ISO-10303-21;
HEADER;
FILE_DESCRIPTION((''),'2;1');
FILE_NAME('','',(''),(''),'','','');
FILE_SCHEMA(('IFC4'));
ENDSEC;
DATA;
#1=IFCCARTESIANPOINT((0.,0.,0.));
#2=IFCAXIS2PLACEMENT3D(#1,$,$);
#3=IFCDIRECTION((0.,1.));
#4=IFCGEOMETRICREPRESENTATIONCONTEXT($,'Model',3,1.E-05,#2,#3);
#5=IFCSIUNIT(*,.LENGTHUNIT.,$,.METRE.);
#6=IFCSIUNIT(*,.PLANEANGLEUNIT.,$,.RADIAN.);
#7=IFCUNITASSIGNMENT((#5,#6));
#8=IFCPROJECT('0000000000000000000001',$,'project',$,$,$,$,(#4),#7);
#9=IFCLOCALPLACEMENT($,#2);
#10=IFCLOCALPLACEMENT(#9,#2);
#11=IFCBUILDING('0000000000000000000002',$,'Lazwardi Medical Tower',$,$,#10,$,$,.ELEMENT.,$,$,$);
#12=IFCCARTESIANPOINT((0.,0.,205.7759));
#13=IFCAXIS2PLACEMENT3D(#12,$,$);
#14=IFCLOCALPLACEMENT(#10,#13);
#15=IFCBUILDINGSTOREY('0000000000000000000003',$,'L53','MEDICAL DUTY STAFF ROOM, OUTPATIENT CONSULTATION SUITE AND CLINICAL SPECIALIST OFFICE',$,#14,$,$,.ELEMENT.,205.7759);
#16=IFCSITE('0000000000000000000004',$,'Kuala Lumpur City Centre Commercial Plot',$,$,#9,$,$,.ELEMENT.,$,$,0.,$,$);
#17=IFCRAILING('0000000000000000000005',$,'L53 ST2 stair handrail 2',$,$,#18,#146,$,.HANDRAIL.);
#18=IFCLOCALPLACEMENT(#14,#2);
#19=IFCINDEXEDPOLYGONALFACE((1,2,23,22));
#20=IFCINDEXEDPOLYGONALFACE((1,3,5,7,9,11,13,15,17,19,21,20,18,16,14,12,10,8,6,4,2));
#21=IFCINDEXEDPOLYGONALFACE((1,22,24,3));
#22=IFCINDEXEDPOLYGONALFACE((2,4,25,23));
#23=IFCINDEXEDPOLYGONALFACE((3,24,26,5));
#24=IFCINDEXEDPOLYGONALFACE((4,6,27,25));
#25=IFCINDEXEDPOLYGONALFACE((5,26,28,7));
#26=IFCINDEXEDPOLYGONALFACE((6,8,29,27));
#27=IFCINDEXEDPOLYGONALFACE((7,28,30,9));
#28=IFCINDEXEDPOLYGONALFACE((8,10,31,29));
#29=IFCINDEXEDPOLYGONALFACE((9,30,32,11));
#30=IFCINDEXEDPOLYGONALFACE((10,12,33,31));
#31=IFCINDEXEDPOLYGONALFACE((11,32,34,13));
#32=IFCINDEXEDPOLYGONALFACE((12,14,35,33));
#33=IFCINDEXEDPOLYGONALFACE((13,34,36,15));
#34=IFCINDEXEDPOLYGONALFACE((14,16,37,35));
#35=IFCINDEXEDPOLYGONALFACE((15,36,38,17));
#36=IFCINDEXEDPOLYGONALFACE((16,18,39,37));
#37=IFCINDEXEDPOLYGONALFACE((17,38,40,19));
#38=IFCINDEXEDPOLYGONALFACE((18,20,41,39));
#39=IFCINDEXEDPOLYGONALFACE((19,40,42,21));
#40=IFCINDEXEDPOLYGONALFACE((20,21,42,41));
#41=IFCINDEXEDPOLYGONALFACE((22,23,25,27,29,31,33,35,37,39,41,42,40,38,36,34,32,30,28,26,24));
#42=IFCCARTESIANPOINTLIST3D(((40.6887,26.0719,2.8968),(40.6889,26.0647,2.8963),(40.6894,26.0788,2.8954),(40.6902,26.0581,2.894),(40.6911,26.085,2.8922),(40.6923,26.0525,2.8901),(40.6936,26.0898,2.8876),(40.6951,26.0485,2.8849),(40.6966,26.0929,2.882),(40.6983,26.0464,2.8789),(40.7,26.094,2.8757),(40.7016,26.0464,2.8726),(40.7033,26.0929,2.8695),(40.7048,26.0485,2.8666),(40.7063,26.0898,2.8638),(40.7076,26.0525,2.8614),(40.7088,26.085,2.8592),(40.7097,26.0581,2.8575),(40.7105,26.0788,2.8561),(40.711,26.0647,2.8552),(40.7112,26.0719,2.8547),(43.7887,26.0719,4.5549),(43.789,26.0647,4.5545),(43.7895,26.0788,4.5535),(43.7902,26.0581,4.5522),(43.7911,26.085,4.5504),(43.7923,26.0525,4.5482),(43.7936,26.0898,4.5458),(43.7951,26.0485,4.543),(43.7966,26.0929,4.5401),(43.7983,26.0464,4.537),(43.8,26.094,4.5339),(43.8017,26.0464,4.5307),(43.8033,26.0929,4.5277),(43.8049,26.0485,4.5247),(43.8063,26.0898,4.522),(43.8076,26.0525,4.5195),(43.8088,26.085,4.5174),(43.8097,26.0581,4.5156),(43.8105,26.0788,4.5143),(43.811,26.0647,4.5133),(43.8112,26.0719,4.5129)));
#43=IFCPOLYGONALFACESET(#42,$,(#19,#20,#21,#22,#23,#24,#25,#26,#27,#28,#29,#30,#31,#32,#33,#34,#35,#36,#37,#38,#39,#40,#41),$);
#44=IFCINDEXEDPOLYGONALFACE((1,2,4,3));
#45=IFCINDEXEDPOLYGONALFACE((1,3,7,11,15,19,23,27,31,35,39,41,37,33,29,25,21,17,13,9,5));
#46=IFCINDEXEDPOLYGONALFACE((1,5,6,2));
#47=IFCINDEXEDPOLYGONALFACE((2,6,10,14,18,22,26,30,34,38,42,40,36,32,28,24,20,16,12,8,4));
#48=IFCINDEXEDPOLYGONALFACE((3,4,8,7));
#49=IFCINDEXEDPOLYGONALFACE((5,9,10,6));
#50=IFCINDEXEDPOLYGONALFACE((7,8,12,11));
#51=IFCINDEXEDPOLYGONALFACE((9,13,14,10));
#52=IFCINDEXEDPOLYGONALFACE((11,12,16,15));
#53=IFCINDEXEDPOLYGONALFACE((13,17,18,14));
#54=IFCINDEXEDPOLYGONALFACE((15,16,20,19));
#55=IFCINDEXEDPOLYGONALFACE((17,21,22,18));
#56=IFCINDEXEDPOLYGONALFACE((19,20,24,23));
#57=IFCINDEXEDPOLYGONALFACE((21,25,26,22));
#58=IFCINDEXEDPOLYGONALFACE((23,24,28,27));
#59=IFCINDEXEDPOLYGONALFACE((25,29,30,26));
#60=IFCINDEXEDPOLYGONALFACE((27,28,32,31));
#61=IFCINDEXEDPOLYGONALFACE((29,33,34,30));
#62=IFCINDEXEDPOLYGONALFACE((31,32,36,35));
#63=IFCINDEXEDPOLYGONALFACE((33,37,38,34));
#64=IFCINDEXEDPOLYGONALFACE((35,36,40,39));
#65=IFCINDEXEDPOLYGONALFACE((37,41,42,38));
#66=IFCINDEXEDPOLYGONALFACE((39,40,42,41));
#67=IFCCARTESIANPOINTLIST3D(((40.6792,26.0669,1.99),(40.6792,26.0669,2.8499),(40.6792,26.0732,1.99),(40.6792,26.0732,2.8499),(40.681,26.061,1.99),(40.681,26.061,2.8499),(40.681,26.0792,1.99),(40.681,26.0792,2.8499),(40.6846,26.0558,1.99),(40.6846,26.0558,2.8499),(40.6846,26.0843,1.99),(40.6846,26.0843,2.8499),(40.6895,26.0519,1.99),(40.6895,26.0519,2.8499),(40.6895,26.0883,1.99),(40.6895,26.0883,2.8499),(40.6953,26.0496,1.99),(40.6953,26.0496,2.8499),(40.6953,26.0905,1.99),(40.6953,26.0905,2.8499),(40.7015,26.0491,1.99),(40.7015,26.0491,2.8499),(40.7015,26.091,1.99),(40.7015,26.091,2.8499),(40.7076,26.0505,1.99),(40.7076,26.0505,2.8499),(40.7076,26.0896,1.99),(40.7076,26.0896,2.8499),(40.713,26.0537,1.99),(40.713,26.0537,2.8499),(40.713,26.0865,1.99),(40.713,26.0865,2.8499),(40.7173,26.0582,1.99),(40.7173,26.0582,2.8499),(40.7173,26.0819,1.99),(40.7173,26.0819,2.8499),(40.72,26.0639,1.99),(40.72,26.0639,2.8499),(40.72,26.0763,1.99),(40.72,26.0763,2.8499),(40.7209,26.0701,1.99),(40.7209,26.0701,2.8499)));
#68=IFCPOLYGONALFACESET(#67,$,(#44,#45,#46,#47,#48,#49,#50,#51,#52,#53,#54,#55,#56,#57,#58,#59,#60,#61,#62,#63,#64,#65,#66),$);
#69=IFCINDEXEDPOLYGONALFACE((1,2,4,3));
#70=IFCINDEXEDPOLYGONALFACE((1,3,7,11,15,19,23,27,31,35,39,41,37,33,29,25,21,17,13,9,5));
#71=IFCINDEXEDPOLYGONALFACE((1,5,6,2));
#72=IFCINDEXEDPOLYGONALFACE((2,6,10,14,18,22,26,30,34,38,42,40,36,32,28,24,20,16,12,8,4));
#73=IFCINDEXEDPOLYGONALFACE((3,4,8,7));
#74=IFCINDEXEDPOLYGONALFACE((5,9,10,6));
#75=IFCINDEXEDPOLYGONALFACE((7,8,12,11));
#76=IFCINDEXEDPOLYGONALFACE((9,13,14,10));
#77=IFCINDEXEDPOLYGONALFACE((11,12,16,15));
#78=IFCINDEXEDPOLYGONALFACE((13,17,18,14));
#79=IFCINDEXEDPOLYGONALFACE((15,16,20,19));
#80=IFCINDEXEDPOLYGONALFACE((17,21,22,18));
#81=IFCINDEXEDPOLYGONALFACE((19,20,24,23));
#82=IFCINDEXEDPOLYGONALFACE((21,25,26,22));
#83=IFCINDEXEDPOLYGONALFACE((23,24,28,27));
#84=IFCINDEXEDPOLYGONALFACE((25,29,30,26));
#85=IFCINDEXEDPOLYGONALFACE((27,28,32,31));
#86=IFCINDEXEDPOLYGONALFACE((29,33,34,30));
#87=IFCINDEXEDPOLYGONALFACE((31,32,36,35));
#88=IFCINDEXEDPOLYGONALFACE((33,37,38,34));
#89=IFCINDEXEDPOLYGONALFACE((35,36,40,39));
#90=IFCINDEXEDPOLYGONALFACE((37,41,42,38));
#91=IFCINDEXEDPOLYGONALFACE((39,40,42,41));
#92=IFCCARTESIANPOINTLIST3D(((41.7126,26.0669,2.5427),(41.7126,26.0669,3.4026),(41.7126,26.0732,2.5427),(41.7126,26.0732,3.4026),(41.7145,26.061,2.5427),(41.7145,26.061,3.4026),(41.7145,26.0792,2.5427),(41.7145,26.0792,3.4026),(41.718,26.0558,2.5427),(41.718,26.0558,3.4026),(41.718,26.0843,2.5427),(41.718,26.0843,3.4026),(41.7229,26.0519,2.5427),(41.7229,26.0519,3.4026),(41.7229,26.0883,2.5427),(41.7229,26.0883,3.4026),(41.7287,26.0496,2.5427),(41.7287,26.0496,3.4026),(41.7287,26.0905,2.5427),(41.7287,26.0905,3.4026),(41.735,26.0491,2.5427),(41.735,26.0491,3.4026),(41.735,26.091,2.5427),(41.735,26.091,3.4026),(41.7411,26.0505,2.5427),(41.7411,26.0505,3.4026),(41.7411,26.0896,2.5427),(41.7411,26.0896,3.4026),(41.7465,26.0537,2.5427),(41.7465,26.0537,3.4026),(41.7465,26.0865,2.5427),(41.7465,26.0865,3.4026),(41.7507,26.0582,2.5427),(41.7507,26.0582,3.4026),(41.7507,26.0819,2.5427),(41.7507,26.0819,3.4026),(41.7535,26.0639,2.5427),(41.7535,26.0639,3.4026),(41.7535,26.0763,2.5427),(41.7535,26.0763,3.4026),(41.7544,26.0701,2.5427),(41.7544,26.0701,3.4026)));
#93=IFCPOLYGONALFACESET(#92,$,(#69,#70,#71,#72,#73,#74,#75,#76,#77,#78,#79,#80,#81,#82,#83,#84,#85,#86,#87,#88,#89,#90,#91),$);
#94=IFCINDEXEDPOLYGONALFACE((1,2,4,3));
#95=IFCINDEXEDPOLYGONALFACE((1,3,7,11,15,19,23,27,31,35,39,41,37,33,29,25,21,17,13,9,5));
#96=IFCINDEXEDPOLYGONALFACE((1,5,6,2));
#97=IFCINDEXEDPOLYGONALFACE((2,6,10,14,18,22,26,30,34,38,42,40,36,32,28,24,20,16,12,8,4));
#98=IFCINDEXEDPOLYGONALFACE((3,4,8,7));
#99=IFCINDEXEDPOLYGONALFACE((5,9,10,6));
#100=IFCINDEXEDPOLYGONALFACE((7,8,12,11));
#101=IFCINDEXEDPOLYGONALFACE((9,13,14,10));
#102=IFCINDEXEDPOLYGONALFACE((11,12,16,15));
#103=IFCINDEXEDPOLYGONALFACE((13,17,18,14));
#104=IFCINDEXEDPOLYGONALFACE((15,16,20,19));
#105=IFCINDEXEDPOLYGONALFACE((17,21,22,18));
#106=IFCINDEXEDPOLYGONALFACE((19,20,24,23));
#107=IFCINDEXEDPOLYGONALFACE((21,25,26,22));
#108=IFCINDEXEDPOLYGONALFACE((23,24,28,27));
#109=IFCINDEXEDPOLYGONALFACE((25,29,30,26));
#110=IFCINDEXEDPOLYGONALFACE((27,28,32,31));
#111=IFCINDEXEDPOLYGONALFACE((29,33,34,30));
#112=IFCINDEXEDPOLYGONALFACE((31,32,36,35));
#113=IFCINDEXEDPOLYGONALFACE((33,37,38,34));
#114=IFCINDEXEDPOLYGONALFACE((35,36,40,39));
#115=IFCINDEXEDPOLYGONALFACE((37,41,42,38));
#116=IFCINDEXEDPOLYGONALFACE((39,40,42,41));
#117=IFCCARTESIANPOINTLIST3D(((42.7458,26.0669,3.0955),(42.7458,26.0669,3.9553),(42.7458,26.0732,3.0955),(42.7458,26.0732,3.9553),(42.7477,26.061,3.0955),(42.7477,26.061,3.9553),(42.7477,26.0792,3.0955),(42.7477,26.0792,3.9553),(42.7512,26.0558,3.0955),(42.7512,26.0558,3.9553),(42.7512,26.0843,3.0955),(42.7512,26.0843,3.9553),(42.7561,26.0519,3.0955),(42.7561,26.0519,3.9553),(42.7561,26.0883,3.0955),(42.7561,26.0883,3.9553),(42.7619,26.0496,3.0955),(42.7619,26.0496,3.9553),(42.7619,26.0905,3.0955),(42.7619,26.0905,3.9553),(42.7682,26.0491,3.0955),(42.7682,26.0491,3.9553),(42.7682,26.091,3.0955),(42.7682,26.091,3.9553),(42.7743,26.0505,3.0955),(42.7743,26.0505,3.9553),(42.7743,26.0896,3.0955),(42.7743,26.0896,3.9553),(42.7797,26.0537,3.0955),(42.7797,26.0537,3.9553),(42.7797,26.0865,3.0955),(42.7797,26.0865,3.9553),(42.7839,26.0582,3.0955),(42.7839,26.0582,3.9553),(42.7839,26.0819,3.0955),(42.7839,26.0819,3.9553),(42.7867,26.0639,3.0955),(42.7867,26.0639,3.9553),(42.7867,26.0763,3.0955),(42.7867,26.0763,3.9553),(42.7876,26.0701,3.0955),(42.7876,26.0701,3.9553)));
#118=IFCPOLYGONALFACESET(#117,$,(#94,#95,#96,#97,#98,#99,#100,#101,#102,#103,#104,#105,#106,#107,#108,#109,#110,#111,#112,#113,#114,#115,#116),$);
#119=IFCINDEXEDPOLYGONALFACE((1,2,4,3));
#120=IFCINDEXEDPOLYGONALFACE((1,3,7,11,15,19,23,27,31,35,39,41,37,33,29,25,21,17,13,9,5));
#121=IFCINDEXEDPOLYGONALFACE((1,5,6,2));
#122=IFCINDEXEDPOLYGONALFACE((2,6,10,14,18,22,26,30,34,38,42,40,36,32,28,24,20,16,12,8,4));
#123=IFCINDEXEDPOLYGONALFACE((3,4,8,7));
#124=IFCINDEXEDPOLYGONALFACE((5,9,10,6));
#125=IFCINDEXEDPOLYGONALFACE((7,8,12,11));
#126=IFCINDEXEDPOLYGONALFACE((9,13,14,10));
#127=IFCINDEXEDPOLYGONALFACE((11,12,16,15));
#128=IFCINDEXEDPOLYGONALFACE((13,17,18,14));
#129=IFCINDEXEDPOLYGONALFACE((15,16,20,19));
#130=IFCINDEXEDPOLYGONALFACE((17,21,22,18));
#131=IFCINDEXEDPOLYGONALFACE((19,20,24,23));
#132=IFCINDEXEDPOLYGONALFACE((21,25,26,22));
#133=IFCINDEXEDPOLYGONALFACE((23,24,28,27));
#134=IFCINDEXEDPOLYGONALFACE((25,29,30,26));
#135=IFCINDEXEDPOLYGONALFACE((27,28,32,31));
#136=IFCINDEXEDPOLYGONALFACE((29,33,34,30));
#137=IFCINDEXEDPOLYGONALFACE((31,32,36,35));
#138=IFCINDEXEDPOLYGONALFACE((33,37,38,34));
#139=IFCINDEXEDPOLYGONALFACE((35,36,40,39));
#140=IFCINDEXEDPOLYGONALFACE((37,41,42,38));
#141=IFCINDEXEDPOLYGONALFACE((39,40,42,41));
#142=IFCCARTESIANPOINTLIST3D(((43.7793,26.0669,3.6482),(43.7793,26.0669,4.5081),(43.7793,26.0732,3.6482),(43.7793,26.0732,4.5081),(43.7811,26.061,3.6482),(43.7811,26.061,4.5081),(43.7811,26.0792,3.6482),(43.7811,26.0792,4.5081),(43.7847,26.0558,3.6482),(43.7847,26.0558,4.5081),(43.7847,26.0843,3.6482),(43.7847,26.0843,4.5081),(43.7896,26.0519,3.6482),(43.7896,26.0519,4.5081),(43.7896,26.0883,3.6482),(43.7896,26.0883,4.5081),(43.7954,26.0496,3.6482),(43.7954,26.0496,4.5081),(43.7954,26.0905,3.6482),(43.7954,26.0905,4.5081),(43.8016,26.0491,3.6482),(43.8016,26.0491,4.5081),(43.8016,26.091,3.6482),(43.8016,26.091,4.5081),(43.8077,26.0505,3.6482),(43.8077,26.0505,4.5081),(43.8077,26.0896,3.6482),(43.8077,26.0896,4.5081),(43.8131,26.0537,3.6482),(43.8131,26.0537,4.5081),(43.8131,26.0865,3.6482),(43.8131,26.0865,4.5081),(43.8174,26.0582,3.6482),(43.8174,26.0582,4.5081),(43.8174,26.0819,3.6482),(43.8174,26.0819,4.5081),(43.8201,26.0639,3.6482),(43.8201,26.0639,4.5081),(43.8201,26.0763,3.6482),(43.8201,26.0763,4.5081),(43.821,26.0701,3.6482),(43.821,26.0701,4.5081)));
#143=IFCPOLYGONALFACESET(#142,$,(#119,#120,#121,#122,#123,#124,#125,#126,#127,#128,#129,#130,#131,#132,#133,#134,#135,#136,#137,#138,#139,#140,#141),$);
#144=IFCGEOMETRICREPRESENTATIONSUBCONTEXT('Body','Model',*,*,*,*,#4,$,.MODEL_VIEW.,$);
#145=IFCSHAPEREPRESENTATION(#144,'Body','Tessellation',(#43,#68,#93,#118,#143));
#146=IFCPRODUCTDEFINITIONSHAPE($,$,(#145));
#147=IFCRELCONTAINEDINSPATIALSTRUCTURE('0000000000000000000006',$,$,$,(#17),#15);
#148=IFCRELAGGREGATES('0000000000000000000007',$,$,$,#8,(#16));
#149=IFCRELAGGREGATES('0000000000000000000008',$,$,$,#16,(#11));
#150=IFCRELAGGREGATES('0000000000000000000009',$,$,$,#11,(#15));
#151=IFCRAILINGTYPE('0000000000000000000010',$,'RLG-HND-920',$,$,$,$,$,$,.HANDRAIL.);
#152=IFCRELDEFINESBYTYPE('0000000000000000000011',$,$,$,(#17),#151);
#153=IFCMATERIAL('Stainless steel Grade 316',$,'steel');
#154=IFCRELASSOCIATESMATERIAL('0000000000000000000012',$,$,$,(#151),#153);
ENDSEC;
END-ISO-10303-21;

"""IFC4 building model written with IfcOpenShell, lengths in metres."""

from ifc_helpers import new_model, si_unit, direction, frame, origin, origin_2d, place, context, subcontext, project, spatial, circle, extrude, material, type_object, element, save


model = new_model("IFC4")

# Units and contexts
model_context = context("Model", 3, precision=1e-05, world=origin(), true_north=direction((0.0, 1.0)))
body_context = subcontext(model_context, "Body", "Model", "MODEL_VIEW")
ifc_project = project(units=[si_unit("LENGTHUNIT", "METRE"), si_unit("PLANEANGLEUNIT", "RADIAN")], contexts=[model_context])

# Site, building, storey
site_placement = place(None, origin())
site = spatial("IfcSite", under=ifc_project, at=site_placement, Name="Kuala Lumpur City Centre Commercial Plot", CompositionType="ELEMENT", RefElevation=0.0)
building_placement = place(site_placement, origin())
building = spatial("IfcBuilding", under=site, at=building_placement, Name="Lazwardi Medical Tower", CompositionType="ELEMENT")
storey_placement = place(building_placement, frame((0.0, 0.0, 205.7759)))
storey = spatial("IfcBuildingStorey", under=building, at=storey_placement, Name="L53", Description="MEDICAL DUTY STAFF ROOM, OUTPATIENT CONSULTATION SUITE AND CLINICAL SPECIALIST OFFICE", CompositionType="ELEMENT", Elevation=205.7759)

# Railing
ifc_material_1 = material(Name="Stainless steel Grade 316", Category="steel")
railing_type_1 = type_object("IfcRailingType", Name="RLG-HND-920", PredefinedType="HANDRAIL", material=ifc_material_1)
railing_1_placement = place(storey_placement, frame((40.7, 26.0701, 1.99)))
element("IfcRailing", 1, at=railing_1_placement, inside=storey, type_object=railing_type_1, Name="L53 ST2 stair handrail 2", PredefinedType="HANDRAIL", context=body_context, shape_type="SweptSolid", body=[
    extrude(circle(Radius=0.0239, at=origin_2d()), frame((0.0, 0.0, 0.8857), z_axis=(0.881783, 0.0, 0.471655), x_axis=(0.0, 1.0, 0.0)), (0.0, 0.0, 1.0), 3.5156),
    extrude(circle(Radius=0.021, at=origin_2d()), origin(), (0.0, 0.0, 1.0), 0.8599),
    extrude(circle(Radius=0.021, at=origin_2d()), frame((1.0334, 0.0, 0.5527)), (0.0, 0.0, 1.0), 0.8599),
    extrude(circle(Radius=0.021, at=origin_2d()), frame((2.0667, 0.0, 1.1055)), (0.0, 0.0, 1.0), 0.8599),
    extrude(circle(Radius=0.021, at=origin_2d()), frame((3.1001, 0.0, 1.6582)), (0.0, 0.0, 1.0), 0.8599),
])

save(model, "model.ifc")
